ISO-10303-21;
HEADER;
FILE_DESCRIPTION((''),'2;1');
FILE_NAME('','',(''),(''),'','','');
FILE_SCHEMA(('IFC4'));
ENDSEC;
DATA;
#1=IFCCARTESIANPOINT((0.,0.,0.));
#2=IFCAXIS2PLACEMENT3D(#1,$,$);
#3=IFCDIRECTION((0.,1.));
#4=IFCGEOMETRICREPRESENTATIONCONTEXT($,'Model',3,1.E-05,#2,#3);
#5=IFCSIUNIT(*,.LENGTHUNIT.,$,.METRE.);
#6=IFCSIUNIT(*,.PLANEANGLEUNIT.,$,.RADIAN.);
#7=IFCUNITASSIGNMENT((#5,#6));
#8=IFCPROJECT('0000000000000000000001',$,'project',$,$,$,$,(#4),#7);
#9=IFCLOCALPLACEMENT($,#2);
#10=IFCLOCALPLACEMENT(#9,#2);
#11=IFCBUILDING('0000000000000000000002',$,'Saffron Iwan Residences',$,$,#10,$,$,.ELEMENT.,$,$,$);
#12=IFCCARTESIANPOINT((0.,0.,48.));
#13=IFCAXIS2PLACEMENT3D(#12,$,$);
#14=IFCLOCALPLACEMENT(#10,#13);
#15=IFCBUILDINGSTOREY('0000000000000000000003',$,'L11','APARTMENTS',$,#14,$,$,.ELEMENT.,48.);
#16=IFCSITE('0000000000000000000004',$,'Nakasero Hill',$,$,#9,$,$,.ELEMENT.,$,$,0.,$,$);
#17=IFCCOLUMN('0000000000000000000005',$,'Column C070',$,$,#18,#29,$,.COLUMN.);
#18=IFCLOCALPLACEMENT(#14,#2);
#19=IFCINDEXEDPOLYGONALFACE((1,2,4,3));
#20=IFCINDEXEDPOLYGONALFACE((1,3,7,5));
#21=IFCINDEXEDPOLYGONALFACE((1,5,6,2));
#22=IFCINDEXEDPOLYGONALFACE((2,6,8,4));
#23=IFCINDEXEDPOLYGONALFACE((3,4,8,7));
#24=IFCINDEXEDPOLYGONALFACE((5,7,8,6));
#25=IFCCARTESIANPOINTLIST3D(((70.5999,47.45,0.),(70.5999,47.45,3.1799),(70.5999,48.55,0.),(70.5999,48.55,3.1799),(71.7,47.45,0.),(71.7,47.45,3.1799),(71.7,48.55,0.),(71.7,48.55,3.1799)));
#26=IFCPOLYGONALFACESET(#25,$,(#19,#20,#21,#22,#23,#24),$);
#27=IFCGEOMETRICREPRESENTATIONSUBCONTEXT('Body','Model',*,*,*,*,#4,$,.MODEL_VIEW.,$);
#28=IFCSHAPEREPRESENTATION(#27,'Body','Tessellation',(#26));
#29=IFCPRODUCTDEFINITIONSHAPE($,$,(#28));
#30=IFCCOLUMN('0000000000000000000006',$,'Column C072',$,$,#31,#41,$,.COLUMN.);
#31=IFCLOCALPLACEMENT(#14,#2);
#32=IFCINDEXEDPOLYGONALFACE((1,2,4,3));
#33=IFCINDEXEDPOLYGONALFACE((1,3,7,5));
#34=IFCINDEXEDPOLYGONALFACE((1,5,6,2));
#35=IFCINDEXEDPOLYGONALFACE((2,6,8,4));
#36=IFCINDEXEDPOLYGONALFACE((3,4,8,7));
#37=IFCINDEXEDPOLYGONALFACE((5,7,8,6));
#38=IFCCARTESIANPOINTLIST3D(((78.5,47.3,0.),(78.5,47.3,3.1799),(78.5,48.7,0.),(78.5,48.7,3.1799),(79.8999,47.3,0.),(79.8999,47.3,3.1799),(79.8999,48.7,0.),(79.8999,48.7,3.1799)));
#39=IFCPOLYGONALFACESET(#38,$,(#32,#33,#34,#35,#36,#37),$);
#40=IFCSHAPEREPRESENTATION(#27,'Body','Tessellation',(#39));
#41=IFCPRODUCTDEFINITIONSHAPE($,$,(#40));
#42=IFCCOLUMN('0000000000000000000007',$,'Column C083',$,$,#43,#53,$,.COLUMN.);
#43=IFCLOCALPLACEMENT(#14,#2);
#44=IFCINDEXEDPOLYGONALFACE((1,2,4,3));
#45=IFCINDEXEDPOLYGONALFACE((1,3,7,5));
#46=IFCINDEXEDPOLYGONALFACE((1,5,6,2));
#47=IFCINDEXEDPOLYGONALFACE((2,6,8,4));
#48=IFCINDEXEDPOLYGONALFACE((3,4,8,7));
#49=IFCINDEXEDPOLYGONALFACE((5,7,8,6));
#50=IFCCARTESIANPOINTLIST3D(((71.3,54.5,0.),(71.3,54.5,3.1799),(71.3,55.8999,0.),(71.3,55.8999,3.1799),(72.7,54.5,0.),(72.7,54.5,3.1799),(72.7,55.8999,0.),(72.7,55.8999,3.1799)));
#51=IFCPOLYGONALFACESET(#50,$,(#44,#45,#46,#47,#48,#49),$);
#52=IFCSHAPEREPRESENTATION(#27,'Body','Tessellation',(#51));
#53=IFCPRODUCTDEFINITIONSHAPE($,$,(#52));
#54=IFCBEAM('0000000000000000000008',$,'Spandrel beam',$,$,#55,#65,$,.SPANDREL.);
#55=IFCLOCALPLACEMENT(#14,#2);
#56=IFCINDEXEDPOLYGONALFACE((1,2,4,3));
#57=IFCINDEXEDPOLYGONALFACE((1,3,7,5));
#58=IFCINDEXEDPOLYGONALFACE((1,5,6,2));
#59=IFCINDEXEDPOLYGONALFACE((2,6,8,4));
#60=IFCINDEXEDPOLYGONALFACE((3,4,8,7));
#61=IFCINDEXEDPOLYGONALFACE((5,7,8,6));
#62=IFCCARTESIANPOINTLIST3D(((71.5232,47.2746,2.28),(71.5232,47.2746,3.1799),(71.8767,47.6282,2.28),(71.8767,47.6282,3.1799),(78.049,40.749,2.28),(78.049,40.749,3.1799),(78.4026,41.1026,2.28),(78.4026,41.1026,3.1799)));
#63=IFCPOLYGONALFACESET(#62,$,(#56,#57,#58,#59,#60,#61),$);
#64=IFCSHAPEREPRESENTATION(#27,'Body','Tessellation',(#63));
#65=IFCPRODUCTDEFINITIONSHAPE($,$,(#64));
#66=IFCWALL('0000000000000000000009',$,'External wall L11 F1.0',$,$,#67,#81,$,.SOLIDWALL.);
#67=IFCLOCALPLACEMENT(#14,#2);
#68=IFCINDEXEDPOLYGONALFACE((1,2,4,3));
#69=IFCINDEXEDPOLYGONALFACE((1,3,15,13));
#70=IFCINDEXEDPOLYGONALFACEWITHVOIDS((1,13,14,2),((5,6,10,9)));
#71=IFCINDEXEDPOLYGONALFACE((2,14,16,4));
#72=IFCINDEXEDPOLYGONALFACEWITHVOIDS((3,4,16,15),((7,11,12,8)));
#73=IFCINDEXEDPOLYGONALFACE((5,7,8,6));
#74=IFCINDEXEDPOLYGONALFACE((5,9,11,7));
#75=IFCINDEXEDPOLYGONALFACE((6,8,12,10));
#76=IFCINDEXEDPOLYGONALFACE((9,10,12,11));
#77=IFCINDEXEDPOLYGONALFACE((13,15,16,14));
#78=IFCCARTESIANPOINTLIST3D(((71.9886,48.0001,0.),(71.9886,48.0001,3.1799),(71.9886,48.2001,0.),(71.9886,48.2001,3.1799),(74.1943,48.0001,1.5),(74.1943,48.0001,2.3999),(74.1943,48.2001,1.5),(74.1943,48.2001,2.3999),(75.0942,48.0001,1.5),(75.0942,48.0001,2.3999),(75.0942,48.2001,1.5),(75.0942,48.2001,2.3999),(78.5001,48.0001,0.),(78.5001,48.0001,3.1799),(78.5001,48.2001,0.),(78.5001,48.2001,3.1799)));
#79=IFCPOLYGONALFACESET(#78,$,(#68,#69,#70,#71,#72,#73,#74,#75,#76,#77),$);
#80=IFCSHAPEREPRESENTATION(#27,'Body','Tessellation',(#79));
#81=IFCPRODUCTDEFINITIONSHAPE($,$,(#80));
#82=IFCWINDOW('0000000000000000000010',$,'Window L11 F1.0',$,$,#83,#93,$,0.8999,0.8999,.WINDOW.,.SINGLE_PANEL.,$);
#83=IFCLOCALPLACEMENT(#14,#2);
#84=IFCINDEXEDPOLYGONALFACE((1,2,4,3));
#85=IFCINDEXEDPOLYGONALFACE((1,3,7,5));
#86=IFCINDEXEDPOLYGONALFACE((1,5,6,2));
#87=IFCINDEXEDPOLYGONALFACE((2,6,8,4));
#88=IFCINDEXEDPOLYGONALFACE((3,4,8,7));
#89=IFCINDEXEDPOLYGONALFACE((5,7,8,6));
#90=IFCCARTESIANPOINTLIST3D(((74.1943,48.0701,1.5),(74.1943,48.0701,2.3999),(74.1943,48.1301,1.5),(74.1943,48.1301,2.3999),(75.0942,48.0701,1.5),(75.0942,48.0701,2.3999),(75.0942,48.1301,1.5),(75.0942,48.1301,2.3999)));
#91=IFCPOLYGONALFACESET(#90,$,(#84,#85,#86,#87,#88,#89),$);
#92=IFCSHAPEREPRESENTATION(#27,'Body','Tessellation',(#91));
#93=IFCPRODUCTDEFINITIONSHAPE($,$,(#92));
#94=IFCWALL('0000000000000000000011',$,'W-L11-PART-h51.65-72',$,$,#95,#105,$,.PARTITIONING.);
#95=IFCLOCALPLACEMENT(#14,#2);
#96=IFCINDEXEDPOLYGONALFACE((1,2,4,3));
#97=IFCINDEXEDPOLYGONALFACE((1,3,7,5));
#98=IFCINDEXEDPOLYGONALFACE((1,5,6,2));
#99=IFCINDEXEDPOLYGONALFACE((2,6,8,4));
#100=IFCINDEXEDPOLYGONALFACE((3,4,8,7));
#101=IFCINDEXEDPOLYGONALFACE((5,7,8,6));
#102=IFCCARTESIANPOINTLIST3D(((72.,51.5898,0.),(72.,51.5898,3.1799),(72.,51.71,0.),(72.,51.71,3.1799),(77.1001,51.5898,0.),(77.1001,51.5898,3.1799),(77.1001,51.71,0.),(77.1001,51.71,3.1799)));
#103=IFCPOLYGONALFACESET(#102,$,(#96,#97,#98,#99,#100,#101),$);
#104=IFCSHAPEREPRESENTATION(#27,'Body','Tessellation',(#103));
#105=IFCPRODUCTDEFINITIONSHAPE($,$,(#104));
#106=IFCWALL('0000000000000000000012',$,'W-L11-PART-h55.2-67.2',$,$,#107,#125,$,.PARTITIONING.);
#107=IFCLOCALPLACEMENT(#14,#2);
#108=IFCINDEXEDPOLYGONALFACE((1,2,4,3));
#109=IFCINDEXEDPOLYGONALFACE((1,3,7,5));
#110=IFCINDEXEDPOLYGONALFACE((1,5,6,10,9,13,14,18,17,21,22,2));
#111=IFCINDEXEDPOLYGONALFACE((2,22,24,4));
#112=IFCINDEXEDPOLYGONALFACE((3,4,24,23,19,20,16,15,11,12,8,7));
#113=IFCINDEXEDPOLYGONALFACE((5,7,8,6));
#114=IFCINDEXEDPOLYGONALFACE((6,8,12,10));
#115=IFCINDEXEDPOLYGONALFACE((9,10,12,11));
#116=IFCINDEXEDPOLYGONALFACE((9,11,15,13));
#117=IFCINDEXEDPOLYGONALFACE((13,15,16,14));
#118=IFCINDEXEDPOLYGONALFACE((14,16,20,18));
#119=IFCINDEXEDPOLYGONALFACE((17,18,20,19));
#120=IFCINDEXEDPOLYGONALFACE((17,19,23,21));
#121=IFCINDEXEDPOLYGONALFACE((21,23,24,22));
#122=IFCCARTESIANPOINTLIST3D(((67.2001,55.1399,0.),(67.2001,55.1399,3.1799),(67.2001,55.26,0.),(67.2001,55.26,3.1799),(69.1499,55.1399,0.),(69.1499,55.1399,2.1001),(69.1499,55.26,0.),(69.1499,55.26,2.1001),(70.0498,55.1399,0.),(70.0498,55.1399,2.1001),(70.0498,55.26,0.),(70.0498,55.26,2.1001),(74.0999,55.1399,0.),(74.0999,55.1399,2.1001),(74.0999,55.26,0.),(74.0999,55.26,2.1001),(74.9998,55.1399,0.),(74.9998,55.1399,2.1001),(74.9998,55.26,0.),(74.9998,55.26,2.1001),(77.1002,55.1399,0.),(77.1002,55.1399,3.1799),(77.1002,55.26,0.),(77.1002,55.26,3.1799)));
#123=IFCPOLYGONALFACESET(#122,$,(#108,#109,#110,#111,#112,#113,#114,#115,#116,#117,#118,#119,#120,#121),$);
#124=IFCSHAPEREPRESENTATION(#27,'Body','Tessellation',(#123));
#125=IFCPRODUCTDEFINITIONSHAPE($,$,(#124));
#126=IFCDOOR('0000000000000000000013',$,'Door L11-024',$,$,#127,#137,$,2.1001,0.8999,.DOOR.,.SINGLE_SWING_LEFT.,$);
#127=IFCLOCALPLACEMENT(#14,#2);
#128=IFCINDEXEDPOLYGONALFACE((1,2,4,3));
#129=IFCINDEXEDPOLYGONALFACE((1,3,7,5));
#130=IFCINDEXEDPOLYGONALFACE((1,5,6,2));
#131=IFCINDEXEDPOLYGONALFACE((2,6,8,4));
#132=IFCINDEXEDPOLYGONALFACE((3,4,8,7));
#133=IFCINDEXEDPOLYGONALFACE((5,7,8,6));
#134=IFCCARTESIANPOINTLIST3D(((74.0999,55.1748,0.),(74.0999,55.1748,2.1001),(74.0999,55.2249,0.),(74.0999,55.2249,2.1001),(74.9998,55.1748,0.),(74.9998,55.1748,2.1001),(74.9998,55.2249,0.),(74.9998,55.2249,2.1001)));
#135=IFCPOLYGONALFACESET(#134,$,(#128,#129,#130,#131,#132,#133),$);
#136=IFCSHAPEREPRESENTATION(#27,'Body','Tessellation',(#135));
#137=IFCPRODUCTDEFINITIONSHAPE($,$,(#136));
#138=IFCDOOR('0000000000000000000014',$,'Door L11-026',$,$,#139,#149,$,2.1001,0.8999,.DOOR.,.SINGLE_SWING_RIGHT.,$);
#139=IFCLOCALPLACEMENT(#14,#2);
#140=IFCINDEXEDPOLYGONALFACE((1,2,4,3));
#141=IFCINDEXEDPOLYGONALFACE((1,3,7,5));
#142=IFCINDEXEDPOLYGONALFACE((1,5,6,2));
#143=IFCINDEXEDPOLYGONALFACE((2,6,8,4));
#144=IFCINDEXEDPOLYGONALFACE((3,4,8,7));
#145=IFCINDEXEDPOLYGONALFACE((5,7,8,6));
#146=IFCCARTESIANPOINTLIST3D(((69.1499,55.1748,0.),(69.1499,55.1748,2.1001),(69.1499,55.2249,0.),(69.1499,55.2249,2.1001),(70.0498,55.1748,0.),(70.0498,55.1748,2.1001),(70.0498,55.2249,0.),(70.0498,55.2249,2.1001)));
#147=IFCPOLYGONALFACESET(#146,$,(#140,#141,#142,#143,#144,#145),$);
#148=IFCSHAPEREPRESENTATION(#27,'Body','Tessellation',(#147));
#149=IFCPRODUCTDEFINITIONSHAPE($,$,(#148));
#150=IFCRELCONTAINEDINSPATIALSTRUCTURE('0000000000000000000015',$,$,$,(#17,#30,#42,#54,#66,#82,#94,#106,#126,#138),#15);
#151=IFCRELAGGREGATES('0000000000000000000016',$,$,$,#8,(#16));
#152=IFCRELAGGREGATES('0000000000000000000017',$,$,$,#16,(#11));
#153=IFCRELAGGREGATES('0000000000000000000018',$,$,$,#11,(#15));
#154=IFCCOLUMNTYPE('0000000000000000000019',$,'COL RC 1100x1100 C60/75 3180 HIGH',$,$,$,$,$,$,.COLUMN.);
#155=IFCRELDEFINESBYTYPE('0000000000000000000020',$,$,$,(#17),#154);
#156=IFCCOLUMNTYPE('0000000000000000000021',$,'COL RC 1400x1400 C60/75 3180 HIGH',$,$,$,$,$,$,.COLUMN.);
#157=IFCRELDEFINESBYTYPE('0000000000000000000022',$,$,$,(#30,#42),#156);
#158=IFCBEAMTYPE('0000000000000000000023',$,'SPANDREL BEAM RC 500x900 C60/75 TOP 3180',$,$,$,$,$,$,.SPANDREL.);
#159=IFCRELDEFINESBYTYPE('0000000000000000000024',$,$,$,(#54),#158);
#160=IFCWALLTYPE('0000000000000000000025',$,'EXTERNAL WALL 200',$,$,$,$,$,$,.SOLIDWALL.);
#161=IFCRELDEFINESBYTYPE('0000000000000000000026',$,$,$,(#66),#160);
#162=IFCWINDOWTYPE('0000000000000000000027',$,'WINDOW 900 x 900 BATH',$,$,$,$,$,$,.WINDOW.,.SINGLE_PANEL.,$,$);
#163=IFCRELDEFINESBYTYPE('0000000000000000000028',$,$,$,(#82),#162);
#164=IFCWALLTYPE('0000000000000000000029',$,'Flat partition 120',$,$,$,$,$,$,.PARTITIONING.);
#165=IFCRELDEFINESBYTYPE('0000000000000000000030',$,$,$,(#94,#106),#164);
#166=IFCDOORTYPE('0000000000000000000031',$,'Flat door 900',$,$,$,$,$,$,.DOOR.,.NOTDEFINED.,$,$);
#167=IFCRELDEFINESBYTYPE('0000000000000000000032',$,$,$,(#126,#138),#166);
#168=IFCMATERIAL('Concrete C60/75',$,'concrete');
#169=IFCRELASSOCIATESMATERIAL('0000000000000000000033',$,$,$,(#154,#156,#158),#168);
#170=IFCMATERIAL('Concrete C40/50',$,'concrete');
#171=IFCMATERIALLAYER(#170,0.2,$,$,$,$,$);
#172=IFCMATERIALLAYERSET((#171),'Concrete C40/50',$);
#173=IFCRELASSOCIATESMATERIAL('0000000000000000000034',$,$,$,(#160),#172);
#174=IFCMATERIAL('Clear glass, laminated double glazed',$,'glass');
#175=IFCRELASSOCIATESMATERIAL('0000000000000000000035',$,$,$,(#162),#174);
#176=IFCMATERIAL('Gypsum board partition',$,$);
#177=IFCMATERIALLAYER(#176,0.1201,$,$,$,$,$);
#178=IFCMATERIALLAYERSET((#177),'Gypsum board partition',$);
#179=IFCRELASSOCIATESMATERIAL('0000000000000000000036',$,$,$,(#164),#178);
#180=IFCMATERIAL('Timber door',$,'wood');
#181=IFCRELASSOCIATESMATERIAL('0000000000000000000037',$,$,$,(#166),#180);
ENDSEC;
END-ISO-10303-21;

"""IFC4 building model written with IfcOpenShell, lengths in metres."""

from ifc_helpers import new_model, si_unit, direction, frame, frame_2d, origin, origin_2d, place, context, subcontext, project, spatial, rectangle, extrude, source, transform, mapped, material, layer, layer_set, material_profile, profile_set, type_object, element, fill, save


model = new_model("IFC4")

# Units and contexts
model_context = context("Model", 3, precision=1e-05, world=origin(), true_north=direction((0.0, 1.0)))
body_context = subcontext(model_context, "Body", "Model", "MODEL_VIEW")
ifc_project = project(units=[si_unit("LENGTHUNIT", "METRE"), si_unit("PLANEANGLEUNIT", "RADIAN")], contexts=[model_context])

# Site, building, storey
site_placement = place(None, origin())
site = spatial("IfcSite", under=ifc_project, at=site_placement, Name="Nakasero Hill", CompositionType="ELEMENT", RefElevation=0.0)
building_placement = place(site_placement, origin())
building = spatial("IfcBuilding", under=site, at=building_placement, Name="Saffron Iwan Residences", CompositionType="ELEMENT")
storey_placement = place(building_placement, frame((0.0, 0.0, 48.0)))
storey = spatial("IfcBuildingStorey", under=building, at=storey_placement, Name="L11", Description="APARTMENTS", CompositionType="ELEMENT", Elevation=48.0)

# Columns
ifc_material_1 = material(Name="Concrete C60/75", Category="concrete")
ifc_material_profile_1 = material_profile(ifc_material_1, rectangle(XDim=1.1001, YDim=1.1001, at=origin_2d()), Name="RC 1100x1100")
ifc_profile_set_1 = profile_set([ifc_material_profile_1], Name="Concrete C60/75")
column_type_1 = type_object("IfcColumnType", Name="COL RC 1100x1100 C60/75 3180 HIGH", PredefinedType="COLUMN", material=ifc_profile_set_1)
shared_shape_1 = source(origin(), body_context, "Body", "SweptSolid", [
    extrude(rectangle(XDim=1.1001, YDim=1.1001, at=origin_2d()), origin(), (0.0, 0.0, 1.0), 3.1799),
])
column_placement = place(storey_placement, frame((71.1499, 48.0, 0.0), z_axis=(0.0, 0.0, 1.0), x_axis=(1.0, 0.0, 0.0)))
element("IfcColumn", 1, at=column_placement, inside=storey, type_object=column_type_1, Name="Column C070", PredefinedType="COLUMN", context=body_context, shape_type="MappedRepresentation", body=[
    mapped(shared_shape_1, transform((0.0, 0.0, 0.0))),
])
ifc_material_profile_2 = material_profile(ifc_material_1, rectangle(XDim=1.3999, YDim=1.3999, at=origin_2d()), Name="RC 1400x1400")
ifc_profile_set_2 = profile_set([ifc_material_profile_2], Name="Concrete C60/75")
column_type_2 = type_object("IfcColumnType", Name="COL RC 1400x1400 C60/75 3180 HIGH", PredefinedType="COLUMN", material=ifc_profile_set_2)
shared_shape_2 = source(origin(), body_context, "Body", "SweptSolid", [
    extrude(rectangle(XDim=1.3999, YDim=1.3999, at=origin_2d()), origin(), (0.0, 0.0, 1.0), 3.1799),
])
for number, where, z_axis, x_axis, name in (
    (2, (79.2, 48.0, 0.0), (0.0, 0.0, 1.0), (1.0, 0.0, 0.0), "Column C072"),
    (3, (72.0, 55.2, 0.0), (0.0, 0.0, 1.0), (1.0, 0.0, 0.0), "Column C083"),
):
    element("IfcColumn", number, at=place(storey_placement, frame(where, z_axis=z_axis, x_axis=x_axis)), inside=storey, type_object=column_type_2, Name=name, PredefinedType="COLUMN", context=body_context, shape_type="MappedRepresentation", body=[
        mapped(shared_shape_2, transform((0.0, 0.0, 0.0))),
    ])

# Beam
ifc_material_profile_3 = material_profile(ifc_material_1, rectangle(XDim=0.5, YDim=0.8999, at=origin_2d()), Name="RC 500x900")
ifc_profile_set_3 = profile_set([ifc_material_profile_3], Name="Concrete C60/75")
beam_type = type_object("IfcBeamType", Name="SPANDREL BEAM RC 500x900 C60/75 TOP 3180", PredefinedType="SPANDREL", material=ifc_profile_set_3)
shared_shape_3 = source(origin(), body_context, "Body", "SweptSolid", [
    extrude(rectangle(XDim=0.5, YDim=0.8999, at=origin_2d()), origin(), (0.0, 0.0, 1.0), 9.2288),
])
beam_placement = place(storey_placement, frame((71.7, 47.4514, 2.73), z_axis=(0.70712, -0.707094, 0.0), x_axis=(0.707094, 0.70712, 0.0)))
element("IfcBeam", 4, at=beam_placement, inside=storey, type_object=beam_type, Name="Spandrel beam", PredefinedType="SPANDREL", context=body_context, shape_type="MappedRepresentation", body=[
    mapped(shared_shape_3, transform((0.0, 0.0, 0.0))),
])

# Wall, opening, window
ifc_material_2 = material(Name="Concrete C40/50", Category="concrete")
ifc_layer_1 = layer(ifc_material_2, 0.2)
ifc_layer_set_1 = layer_set([ifc_layer_1], Name="Concrete C40/50")
wall_type_1 = type_object("IfcWallType", Name="EXTERNAL WALL 200", PredefinedType="SOLIDWALL", material=ifc_layer_set_1)
wall_1_placement = place(storey_placement, frame((71.9885, 48.1001, 0.0), z_axis=(0.0, 0.0, 1.0), x_axis=(1.0, 0.0, 0.0)))
wall_1 = element("IfcWall", 5, at=wall_1_placement, inside=storey, type_object=wall_type_1, Name="External wall L11 F1.0", PredefinedType="SOLIDWALL", context=body_context, shape_type="SweptSolid", body=[
    extrude(rectangle(XDim=6.5115, YDim=0.2, at=frame_2d((3.2559, 0.0))), origin(), (0.0, 0.0, 1.0), 3.1799),
])
opening_1_placement = place(wall_1_placement, frame((2.2058, 0.0, 1.5)))
opening_1 = element("IfcOpeningElement", 6, at=opening_1_placement, cuts=wall_1, PredefinedType="OPENING", context=body_context, shape_type="SweptSolid", body=[
    extrude(rectangle(XDim=0.8999, YDim=0.8999, at=frame_2d((0.45, 0.45))), frame((0.0, 0.1099, 0.0), z_axis=(0.0, -1.0, 0.0), x_axis=(1.0, 0.0, 0.0)), (0.0, 0.0, 1.0), 0.22),
])
ifc_material_3 = material(Name="Clear glass, laminated double glazed", Category="glass")
window_type = type_object("IfcWindowType", Name="WINDOW 900 x 900 BATH", PartitioningType="SINGLE_PANEL", PredefinedType="WINDOW", material=ifc_material_3)
window_placement = place(opening_1_placement, origin())
window = element("IfcWindow", 7, at=window_placement, inside=storey, type_object=window_type, Name="Window L11 F1.0", OverallHeight=0.8999, OverallWidth=0.8999, PartitioningType="SINGLE_PANEL", PredefinedType="WINDOW", context=body_context, shape_type="SweptSolid", body=[
    extrude(rectangle(XDim=0.8999, YDim=0.8999, at=frame_2d((0.45, 0.45))), frame((0.0, 0.03, 0.0), z_axis=(0.0, -1.0, 0.0), x_axis=(1.0, 0.0, 0.0)), (0.0, 0.0, 1.0), 0.0601),
])
fill(opening_1, window)

# Wall
ifc_material_4 = material(Name="Gypsum board partition")
ifc_layer_2 = layer(ifc_material_4, 0.1201)
ifc_layer_set_2 = layer_set([ifc_layer_2], Name="Gypsum board partition")
wall_type_2 = type_object("IfcWallType", Name="Flat partition 120", PredefinedType="PARTITIONING", material=ifc_layer_set_2)
wall_2_placement = place(storey_placement, frame((72.0, 51.6499, 0.0), z_axis=(0.0, 0.0, 1.0), x_axis=(1.0, 0.0, 0.0)))
element("IfcWall", 8, at=wall_2_placement, inside=storey, type_object=wall_type_2, Name="W-L11-PART-h51.65-72", PredefinedType="PARTITIONING", context=body_context, shape_type="SweptSolid", body=[
    extrude(rectangle(XDim=5.1001, YDim=0.1201, at=frame_2d((2.55, 0.0))), origin(), (0.0, 0.0, 1.0), 3.1799),
])

# Wall, openings, doors
wall_3_placement = place(storey_placement, frame((67.2, 55.2, 0.0), z_axis=(0.0, 0.0, 1.0), x_axis=(1.0, 0.0, 0.0)))
wall_3 = element("IfcWall", 9, at=wall_3_placement, inside=storey, type_object=wall_type_2, Name="W-L11-PART-h55.2-67.2", PredefinedType="PARTITIONING", context=body_context, shape_type="SweptSolid", body=[
    extrude(rectangle(XDim=9.9001, YDim=0.1201, at=frame_2d((4.9502, 0.0))), origin(), (0.0, 0.0, 1.0), 3.1799),
])
opening_2_placement = place(wall_3_placement, frame((6.8999, 0.0, 0.0)))
opening_2 = element("IfcOpeningElement", 10, at=opening_2_placement, cuts=wall_3, PredefinedType="OPENING", context=body_context, shape_type="SweptSolid", body=[
    extrude(rectangle(XDim=0.8999, YDim=2.1001, at=frame_2d((0.45, 1.05))), frame((0.0, 0.0701, 0.0), z_axis=(0.0, -1.0, 0.0), x_axis=(1.0, 0.0, 0.0)), (0.0, 0.0, 1.0), 0.1401),
])
opening_3_placement = place(wall_3_placement, frame((1.95, 0.0, 0.0)))
opening_3 = element("IfcOpeningElement", 11, at=opening_3_placement, cuts=wall_3, PredefinedType="OPENING", context=body_context, shape_type="SweptSolid", body=[
    extrude(rectangle(XDim=0.8999, YDim=2.1001, at=frame_2d((0.45, 1.05))), frame((0.0, 0.0701, 0.0), z_axis=(0.0, -1.0, 0.0), x_axis=(1.0, 0.0, 0.0)), (0.0, 0.0, 1.0), 0.1401),
])
ifc_material_5 = material(Name="Timber door", Category="wood")
door_type_1 = type_object("IfcDoorType", Name="Flat door 900", OperationType="NOTDEFINED", PredefinedType="DOOR", material=ifc_material_5)
door_1_placement = place(opening_2_placement, origin())
door_1 = element("IfcDoor", 12, at=door_1_placement, inside=storey, type_object=door_type_1, Name="Door L11-024", OperationType="SINGLE_SWING_LEFT", OverallHeight=2.1001, OverallWidth=0.8999, PredefinedType="DOOR", context=body_context, shape_type="SweptSolid", body=[
    extrude(rectangle(XDim=0.8999, YDim=2.1001, at=frame_2d((0.45, 1.05))), frame((0.0, 0.0249, 0.0), z_axis=(0.0, -1.0, 0.0), x_axis=(1.0, 0.0, 0.0)), (0.0, 0.0, 1.0), 0.05),
])
fill(opening_2, door_1)
door_2_placement = place(opening_3_placement, origin())
door_2 = element("IfcDoor", 13, at=door_2_placement, inside=storey, type_object=door_type_1, Name="Door L11-026", OperationType="SINGLE_SWING_RIGHT", OverallHeight=2.1001, OverallWidth=0.8999, PredefinedType="DOOR", context=body_context, shape_type="SweptSolid", body=[
    extrude(rectangle(XDim=0.8999, YDim=2.1001, at=frame_2d((0.45, 1.05))), frame((0.0, 0.0249, 0.0), z_axis=(0.0, -1.0, 0.0), x_axis=(1.0, 0.0, 0.0)), (0.0, 0.0, 1.0), 0.05),
])
fill(opening_3, door_2)

save(model, "model.ifc")
